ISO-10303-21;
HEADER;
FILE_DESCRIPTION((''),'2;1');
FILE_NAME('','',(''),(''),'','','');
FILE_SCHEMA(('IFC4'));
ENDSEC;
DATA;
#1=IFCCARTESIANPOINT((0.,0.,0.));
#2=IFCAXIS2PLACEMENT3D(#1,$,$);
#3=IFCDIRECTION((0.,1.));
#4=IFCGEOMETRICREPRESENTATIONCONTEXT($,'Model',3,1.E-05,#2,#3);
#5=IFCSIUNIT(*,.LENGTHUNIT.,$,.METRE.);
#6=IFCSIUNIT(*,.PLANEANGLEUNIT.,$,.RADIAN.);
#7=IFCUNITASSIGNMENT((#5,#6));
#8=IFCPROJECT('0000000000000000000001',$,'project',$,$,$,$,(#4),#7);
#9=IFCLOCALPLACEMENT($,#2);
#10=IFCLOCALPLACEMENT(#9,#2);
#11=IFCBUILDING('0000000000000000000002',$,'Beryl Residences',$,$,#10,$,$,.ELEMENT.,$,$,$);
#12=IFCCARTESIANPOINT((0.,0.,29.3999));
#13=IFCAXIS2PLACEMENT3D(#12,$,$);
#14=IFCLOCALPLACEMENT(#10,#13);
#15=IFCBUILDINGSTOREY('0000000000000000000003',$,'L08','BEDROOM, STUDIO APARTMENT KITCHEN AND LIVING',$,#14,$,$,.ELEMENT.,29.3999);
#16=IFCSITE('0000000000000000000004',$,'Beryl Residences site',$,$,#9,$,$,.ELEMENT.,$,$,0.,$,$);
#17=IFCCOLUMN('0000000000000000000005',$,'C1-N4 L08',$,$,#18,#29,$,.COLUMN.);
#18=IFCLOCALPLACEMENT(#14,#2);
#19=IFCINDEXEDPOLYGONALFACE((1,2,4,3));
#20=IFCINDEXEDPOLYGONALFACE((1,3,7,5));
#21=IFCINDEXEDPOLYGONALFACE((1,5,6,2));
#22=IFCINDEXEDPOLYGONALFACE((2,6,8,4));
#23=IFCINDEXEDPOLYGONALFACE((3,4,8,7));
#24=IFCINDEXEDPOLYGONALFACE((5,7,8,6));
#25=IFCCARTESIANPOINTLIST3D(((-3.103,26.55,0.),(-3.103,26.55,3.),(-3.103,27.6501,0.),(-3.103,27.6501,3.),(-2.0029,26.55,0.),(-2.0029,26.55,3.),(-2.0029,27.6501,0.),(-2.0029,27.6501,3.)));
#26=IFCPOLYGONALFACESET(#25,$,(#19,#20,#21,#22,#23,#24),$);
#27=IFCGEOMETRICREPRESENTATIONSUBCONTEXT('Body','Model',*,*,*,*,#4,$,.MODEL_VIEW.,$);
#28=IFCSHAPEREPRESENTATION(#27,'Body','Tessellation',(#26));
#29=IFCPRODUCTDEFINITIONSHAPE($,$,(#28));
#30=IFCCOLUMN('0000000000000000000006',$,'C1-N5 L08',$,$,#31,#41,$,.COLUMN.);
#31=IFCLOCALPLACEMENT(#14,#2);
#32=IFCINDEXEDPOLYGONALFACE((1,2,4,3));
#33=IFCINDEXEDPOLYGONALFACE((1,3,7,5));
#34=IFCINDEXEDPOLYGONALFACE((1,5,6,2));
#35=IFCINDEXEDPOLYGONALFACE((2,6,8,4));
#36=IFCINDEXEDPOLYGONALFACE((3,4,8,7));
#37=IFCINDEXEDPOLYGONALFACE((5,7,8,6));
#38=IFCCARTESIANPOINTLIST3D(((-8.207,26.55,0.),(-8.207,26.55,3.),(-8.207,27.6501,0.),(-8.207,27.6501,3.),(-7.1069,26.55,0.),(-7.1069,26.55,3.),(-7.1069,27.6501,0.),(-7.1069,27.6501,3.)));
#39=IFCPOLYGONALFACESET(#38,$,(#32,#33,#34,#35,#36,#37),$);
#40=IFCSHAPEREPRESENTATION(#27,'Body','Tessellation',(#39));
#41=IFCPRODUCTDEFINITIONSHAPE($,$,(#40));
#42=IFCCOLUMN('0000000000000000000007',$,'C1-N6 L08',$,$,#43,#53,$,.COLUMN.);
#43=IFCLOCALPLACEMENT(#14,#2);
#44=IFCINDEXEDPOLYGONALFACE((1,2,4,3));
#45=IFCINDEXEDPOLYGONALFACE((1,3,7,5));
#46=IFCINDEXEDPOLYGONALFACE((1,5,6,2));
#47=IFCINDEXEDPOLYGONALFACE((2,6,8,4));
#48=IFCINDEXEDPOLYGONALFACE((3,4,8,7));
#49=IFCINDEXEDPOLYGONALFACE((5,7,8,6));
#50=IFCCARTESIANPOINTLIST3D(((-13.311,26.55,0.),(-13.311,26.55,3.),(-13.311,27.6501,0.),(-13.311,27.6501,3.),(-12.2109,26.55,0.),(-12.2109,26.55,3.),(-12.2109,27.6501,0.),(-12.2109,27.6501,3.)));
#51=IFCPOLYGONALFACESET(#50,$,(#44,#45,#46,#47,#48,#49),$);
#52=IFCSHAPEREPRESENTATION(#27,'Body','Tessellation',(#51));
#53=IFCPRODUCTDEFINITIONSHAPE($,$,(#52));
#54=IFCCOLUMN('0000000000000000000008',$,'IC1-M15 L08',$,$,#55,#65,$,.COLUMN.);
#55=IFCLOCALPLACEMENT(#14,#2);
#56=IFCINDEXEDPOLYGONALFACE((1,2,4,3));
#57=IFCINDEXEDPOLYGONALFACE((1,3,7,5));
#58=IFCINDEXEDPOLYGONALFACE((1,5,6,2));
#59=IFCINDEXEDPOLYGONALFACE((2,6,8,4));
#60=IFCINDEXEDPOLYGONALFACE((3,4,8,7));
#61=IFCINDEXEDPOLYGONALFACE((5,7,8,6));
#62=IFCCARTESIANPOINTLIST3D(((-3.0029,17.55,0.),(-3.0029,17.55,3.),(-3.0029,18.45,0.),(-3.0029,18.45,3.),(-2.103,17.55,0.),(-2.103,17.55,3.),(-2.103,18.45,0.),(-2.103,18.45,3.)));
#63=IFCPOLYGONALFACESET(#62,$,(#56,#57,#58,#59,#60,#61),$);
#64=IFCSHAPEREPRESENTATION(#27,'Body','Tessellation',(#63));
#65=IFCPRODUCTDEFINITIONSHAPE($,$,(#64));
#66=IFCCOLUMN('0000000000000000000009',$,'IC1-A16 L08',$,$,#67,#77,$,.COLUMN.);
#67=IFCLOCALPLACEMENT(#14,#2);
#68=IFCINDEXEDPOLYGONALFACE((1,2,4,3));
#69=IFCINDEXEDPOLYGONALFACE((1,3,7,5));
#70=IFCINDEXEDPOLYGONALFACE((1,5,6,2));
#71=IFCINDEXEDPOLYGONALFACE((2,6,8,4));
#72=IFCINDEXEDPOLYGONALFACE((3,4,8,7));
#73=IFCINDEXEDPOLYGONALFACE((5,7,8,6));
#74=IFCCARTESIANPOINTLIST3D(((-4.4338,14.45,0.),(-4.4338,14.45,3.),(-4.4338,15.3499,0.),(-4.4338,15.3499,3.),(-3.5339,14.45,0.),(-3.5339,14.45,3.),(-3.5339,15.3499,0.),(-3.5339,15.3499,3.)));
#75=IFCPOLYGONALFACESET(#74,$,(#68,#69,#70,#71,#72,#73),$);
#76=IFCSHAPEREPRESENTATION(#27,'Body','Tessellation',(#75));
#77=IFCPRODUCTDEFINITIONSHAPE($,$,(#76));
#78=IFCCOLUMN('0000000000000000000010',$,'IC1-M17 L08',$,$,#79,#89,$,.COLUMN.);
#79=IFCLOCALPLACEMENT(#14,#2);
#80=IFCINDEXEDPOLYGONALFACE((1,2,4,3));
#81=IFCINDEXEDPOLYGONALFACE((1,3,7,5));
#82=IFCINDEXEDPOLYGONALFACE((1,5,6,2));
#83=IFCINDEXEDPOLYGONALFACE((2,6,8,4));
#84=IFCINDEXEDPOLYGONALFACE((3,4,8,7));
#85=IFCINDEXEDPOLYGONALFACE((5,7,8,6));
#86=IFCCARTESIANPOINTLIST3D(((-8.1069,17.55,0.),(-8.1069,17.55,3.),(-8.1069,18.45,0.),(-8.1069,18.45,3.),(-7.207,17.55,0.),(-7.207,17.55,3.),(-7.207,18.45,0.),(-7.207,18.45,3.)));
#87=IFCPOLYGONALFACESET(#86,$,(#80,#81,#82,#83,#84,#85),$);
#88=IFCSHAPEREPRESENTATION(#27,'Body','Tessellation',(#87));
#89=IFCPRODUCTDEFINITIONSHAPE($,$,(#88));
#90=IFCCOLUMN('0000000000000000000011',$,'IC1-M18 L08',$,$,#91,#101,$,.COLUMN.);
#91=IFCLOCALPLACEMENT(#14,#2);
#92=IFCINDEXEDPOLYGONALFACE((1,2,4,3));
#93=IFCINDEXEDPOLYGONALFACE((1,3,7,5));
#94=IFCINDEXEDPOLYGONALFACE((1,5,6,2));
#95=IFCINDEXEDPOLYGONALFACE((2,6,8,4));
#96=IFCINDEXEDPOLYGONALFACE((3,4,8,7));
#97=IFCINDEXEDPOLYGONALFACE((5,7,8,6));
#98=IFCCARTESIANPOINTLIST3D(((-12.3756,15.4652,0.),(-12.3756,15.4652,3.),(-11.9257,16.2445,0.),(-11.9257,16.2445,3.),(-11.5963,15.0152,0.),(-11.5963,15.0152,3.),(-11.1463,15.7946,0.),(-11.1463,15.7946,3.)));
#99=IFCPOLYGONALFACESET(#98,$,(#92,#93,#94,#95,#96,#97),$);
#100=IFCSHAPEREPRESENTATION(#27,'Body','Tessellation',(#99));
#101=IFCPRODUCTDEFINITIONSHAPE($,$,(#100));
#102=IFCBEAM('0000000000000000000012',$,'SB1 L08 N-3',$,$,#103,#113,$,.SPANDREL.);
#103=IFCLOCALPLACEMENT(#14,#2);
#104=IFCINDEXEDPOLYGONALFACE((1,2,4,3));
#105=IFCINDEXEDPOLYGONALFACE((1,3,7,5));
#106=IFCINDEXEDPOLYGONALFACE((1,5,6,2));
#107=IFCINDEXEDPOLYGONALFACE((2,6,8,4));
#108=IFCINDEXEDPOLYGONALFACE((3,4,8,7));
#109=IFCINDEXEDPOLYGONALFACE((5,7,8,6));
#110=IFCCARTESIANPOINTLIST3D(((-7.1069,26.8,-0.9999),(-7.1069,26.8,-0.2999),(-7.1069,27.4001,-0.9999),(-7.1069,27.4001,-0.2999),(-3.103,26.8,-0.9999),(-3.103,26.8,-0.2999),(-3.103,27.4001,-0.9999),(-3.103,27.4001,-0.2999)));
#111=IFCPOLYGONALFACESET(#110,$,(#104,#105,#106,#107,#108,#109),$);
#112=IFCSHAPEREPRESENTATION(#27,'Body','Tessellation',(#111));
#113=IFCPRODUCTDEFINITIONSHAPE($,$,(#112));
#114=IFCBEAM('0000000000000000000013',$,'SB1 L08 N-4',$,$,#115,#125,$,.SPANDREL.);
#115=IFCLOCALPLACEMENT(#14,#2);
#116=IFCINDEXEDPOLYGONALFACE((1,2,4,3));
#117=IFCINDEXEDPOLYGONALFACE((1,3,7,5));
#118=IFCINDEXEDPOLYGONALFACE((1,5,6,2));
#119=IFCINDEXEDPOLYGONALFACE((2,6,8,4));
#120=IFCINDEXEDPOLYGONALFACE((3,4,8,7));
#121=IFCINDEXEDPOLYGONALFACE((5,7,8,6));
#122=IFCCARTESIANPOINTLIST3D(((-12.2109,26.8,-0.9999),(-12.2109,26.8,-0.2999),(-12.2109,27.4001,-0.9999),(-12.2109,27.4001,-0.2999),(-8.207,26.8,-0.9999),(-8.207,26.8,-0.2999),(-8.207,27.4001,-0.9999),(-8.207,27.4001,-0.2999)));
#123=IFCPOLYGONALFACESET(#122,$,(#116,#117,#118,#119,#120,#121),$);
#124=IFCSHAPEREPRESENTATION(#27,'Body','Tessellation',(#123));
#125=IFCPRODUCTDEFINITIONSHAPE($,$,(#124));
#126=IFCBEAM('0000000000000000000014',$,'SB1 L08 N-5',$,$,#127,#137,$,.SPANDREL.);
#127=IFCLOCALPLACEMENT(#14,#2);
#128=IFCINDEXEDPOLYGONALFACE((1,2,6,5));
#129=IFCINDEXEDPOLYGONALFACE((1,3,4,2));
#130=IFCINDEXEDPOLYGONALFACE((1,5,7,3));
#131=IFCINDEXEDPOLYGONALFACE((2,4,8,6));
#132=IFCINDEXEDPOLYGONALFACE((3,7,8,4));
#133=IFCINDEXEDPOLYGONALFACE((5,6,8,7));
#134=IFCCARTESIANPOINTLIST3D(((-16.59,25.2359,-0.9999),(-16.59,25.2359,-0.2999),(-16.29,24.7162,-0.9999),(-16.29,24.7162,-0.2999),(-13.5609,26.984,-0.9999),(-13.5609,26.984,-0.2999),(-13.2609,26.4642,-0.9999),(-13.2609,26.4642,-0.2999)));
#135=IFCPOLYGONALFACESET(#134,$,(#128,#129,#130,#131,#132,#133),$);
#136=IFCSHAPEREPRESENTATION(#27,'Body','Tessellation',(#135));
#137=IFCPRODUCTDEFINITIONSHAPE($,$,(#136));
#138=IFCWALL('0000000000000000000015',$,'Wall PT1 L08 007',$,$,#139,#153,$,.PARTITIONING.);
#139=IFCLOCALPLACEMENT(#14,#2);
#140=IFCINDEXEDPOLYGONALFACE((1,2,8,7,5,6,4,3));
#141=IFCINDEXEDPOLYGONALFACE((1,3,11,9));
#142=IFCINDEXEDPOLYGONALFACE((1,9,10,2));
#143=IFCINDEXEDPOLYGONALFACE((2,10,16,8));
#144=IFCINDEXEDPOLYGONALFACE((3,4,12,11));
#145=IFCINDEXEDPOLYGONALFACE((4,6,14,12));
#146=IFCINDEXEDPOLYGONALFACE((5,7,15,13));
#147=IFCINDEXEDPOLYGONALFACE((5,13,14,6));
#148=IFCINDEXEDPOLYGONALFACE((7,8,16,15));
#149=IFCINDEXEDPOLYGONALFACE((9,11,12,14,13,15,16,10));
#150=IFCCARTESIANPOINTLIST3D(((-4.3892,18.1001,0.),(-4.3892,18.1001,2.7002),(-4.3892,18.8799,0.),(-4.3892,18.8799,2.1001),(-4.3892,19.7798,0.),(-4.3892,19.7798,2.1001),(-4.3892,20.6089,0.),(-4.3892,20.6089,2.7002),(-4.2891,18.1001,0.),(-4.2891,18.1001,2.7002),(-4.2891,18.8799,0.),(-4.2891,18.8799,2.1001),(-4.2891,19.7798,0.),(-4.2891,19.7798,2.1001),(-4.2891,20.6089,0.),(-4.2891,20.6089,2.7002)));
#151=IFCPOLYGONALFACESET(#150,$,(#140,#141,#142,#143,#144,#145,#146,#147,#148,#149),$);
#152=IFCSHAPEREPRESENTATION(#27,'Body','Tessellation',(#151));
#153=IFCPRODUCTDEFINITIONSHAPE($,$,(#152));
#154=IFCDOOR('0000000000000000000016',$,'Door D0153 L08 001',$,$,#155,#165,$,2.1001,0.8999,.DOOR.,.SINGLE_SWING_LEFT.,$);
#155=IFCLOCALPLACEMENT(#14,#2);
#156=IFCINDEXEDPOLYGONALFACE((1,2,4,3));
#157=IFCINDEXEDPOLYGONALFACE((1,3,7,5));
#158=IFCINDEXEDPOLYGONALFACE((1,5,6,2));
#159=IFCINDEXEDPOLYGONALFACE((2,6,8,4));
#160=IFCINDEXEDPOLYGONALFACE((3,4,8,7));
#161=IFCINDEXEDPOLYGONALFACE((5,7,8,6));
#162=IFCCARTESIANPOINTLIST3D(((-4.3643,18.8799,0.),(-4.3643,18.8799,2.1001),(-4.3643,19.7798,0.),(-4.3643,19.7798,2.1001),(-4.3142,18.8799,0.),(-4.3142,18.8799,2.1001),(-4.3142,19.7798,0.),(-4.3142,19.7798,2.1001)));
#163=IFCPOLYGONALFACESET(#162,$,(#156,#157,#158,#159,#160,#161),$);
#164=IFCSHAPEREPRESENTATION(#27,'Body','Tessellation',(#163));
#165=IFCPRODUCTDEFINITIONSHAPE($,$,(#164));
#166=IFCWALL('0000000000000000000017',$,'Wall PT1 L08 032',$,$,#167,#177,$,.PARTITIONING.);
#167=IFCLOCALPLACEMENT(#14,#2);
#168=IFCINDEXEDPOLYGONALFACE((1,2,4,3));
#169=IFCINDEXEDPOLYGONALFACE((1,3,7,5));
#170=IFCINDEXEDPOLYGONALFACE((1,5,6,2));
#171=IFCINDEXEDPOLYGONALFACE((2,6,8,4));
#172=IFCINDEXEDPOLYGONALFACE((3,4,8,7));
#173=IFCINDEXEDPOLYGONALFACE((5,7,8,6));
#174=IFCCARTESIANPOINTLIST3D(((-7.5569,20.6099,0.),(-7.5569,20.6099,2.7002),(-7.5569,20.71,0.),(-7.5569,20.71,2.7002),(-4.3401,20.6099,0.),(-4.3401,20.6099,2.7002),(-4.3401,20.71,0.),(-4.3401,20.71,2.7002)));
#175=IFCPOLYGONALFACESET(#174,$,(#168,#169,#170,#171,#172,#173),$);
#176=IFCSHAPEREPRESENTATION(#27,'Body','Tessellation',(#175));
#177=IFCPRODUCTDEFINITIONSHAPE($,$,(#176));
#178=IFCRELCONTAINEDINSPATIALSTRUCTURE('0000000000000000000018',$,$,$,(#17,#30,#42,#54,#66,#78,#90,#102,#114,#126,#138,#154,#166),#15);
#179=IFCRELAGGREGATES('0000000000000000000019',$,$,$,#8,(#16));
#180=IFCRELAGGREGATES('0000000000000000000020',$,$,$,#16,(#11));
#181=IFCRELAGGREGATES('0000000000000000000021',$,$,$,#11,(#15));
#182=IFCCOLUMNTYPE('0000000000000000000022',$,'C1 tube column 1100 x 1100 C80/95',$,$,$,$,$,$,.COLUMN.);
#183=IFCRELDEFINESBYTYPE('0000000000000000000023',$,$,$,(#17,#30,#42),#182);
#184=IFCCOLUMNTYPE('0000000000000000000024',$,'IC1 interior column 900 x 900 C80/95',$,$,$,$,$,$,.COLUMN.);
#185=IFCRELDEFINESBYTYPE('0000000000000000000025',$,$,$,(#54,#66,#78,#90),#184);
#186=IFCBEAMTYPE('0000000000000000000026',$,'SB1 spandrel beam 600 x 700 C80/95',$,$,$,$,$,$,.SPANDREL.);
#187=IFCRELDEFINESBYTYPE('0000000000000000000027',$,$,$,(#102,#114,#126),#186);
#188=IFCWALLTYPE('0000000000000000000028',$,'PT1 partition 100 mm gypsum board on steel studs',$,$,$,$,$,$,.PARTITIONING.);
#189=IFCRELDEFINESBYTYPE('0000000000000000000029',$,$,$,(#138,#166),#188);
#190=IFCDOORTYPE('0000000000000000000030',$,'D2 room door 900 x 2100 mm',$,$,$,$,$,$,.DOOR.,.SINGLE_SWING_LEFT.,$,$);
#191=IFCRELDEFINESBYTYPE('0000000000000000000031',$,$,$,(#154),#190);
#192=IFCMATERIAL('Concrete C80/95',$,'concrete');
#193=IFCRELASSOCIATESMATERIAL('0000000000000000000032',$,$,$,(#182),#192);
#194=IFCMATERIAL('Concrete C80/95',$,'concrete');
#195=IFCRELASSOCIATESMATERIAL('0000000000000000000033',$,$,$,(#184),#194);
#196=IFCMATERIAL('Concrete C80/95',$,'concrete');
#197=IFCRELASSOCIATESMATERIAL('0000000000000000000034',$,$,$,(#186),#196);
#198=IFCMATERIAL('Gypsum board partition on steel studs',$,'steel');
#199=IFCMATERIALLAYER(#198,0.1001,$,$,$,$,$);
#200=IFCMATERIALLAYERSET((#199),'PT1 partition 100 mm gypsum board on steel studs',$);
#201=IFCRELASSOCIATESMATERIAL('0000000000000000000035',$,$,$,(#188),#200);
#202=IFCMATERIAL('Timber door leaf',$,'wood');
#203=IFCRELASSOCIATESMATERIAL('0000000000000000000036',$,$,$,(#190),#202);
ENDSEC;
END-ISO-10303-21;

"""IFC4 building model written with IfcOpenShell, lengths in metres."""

from ifc_helpers import new_model, si_unit, direction, frame, frame_2d, origin, origin_2d, place, context, subcontext, project, spatial, rectangle, extrude, material, layer, layer_set, material_profile, profile_set, type_object, element, fill, save


model = new_model("IFC4")

# Units and contexts
model_context = context("Model", 3, precision=1e-05, world=origin(), true_north=direction((0.0, 1.0)))
body_context = subcontext(model_context, "Body", "Model", "MODEL_VIEW")
ifc_project = project(units=[si_unit("LENGTHUNIT", "METRE"), si_unit("PLANEANGLEUNIT", "RADIAN")], contexts=[model_context])

# Site, building, storey
site_placement = place(None, origin())
site = spatial("IfcSite", under=ifc_project, at=site_placement, Name="Beryl Residences site", CompositionType="ELEMENT", RefElevation=0.0)
building_placement = place(site_placement, origin())
building = spatial("IfcBuilding", under=site, at=building_placement, Name="Beryl Residences", CompositionType="ELEMENT")
storey_placement = place(building_placement, frame((0.0, 0.0, 29.3999)))
storey = spatial("IfcBuildingStorey", under=building, at=storey_placement, Name="L08", Description="BEDROOM, STUDIO APARTMENT KITCHEN AND LIVING", CompositionType="ELEMENT", Elevation=29.3999)

# Columns
ifc_material_1 = material(Name="Concrete C80/95", Category="concrete")
ifc_material_profile_1 = material_profile(ifc_material_1, rectangle(XDim=1.1001, YDim=1.1001, at=origin_2d()))
ifc_profile_set_1 = profile_set([ifc_material_profile_1], Name="Concrete C80/95")
column_type_1 = type_object("IfcColumnType", Name="C1 tube column 1100 x 1100 C80/95", PredefinedType="COLUMN", material=ifc_profile_set_1)
for number, where, z_axis, x_axis, name in (
    (1, (-2.553, 27.1001, 0.0), (0.0, 0.0, 1.0), (-1.0, 0.0, 0.0), "C1-N4 L08"),
    (2, (-7.657, 27.1001, 0.0), (0.0, 0.0, 1.0), (-1.0, 0.0, 0.0), "C1-N5 L08"),
    (3, (-12.761, 27.1001, 0.0), (0.0, 0.0, 1.0), (-1.0, 0.0, 0.0), "C1-N6 L08"),
):
    element("IfcColumn", number, at=place(storey_placement, frame(where, z_axis=z_axis, x_axis=x_axis)), inside=storey, type_object=column_type_1, Name=name, PredefinedType="COLUMN", context=body_context, shape_type="SweptSolid", body=[
        extrude(rectangle(XDim=1.1001, YDim=1.1001, at=origin_2d()), origin(), (0.0, 0.0, 1.0), 3.0),
    ])
ifc_material_2 = material(Name="Concrete C80/95", Category="concrete")
ifc_material_profile_2 = material_profile(ifc_material_2, rectangle(XDim=0.8999, YDim=0.8999, at=origin_2d()))
ifc_profile_set_2 = profile_set([ifc_material_profile_2], Name="Concrete C80/95")
column_type_2 = type_object("IfcColumnType", Name="IC1 interior column 900 x 900 C80/95", PredefinedType="COLUMN", material=ifc_profile_set_2)
for number, where, z_axis, x_axis, name in (
    (4, (-2.553, 18.0, 0.0), (0.0, 0.0, 1.0), (-1.0, 0.0, 0.0), "IC1-M15 L08"),
    (5, (-3.9839, 14.8999, 0.0), (0.0, 0.0, 1.0), (1.0, 0.0, 0.0), "IC1-A16 L08"),
    (6, (-7.657, 18.0, 0.0), (0.0, 0.0, 1.0), (-1.0, 0.0, 0.0), "IC1-M17 L08"),
    (7, (-11.761, 15.6299, 0.0), (0.0, 0.0, 1.0), (-0.499985, -0.866034, 0.0), "IC1-M18 L08"),
):
    element("IfcColumn", number, at=place(storey_placement, frame(where, z_axis=z_axis, x_axis=x_axis)), inside=storey, type_object=column_type_2, Name=name, PredefinedType="COLUMN", context=body_context, shape_type="SweptSolid", body=[
        extrude(rectangle(XDim=0.8999, YDim=0.8999, at=origin_2d()), origin(), (0.0, 0.0, 1.0), 3.0),
    ])

# Beams
ifc_material_3 = material(Name="Concrete C80/95", Category="concrete")
ifc_material_profile_3 = material_profile(ifc_material_3, rectangle(XDim=0.6001, YDim=0.7, at=origin_2d()))
ifc_profile_set_3 = profile_set([ifc_material_profile_3], Name="Concrete C80/95")
beam_type = type_object("IfcBeamType", Name="SB1 spandrel beam 600 x 700 C80/95", PredefinedType="SPANDREL", material=ifc_profile_set_3)
for number, where, z_axis, x_axis, name in (
    (8, (-3.103, 27.1001, -0.6499), (-1.0, 0.0, 0.0), (0.0, -1.0, 0.0), "SB1 L08 N-3"),
    (9, (-8.207, 27.1001, -0.6499), (-1.0, 0.0, 0.0), (0.0, -1.0, 0.0), "SB1 L08 N-4"),
):
    element("IfcBeam", number, at=place(storey_placement, frame(where, z_axis=z_axis, x_axis=x_axis)), inside=storey, type_object=beam_type, Name=name, PredefinedType="SPANDREL", context=body_context, shape_type="SweptSolid", body=[
        extrude(rectangle(XDim=0.6001, YDim=0.7, at=origin_2d()), origin(), (0.0, 0.0, 1.0), 4.0039),
    ])
beam_placement = place(storey_placement, frame((-13.4109, 26.7241, -0.6499), z_axis=(-0.866122, -0.499833, 0.0), x_axis=(0.499833, -0.866122, 0.0)))
element("IfcBeam", 10, at=beam_placement, inside=storey, type_object=beam_type, Name="SB1 L08 N-5", PredefinedType="SPANDREL", context=body_context, shape_type="SweptSolid", body=[
    extrude(rectangle(XDim=0.6001, YDim=0.7, at=origin_2d()), origin(), (0.0, 0.0, 1.0), 3.4973),
])

# Wall, opening, door
ifc_material_4 = material(Name="Gypsum board partition on steel studs", Category="steel")
ifc_layer_1 = layer(ifc_material_4, 0.1001)
ifc_layer_set_1 = layer_set([ifc_layer_1], Name="PT1 partition 100 mm gypsum board on steel studs")
wall_type_1 = type_object("IfcWallType", Name="PT1 partition 100 mm gypsum board on steel studs", PredefinedType="PARTITIONING", material=ifc_layer_set_1)
wall_1_placement = place(storey_placement, frame((-4.3391, 20.6089, 0.0), z_axis=(0.0, 0.0, 1.0), x_axis=(0.0, -1.0, 0.0)))
wall_1 = element("IfcWall", 11, at=wall_1_placement, inside=storey, type_object=wall_type_1, Name="Wall PT1 L08 007", PredefinedType="PARTITIONING", context=body_context, shape_type="SweptSolid", body=[
    extrude(rectangle(XDim=2.5088, YDim=0.1001, at=frame_2d((1.2544, 0.0))), origin(), (0.0, 0.0, 1.0), 2.7002),
])
opening_1_placement = place(wall_1_placement, frame((0.8291, 0.0, 0.0)))
opening_1 = element("IfcOpeningElement", 12, at=opening_1_placement, cuts=wall_1, PredefinedType="OPENING", context=body_context, shape_type="SweptSolid", body=[
    extrude(rectangle(XDim=0.8999, YDim=2.1001, at=frame_2d((0.45, 1.05))), frame((0.0, 0.0601, 0.0), z_axis=(0.0, -1.0, 0.0), x_axis=(1.0, 0.0, 0.0)), (0.0, 0.0, 1.0), 0.1201),
])
ifc_material_5 = material(Name="Timber door leaf", Category="wood")
door_type_1 = type_object("IfcDoorType", Name="D2 room door 900 x 2100 mm", OperationType="SINGLE_SWING_LEFT", PredefinedType="DOOR", material=ifc_material_5)
door_1_placement = place(opening_1_placement, origin())
door_1 = element("IfcDoor", 13, at=door_1_placement, inside=storey, type_object=door_type_1, Name="Door D0153 L08 001", OperationType="SINGLE_SWING_LEFT", OverallHeight=2.1001, OverallWidth=0.8999, PredefinedType="DOOR", context=body_context, shape_type="SweptSolid", body=[
    extrude(rectangle(XDim=0.8999, YDim=2.1001, at=frame_2d((0.45, 1.05))), frame((0.0, 0.0249, 0.0), z_axis=(0.0, -1.0, 0.0), x_axis=(1.0, 0.0, 0.0)), (0.0, 0.0, 1.0), 0.05),
])
fill(opening_1, door_1)

# Wall
wall_2_placement = place(storey_placement, frame((-7.5569, 20.6599, 0.0), z_axis=(0.0, 0.0, 1.0), x_axis=(1.0, 0.0, 0.0)))
element("IfcWall", 14, at=wall_2_placement, inside=storey, type_object=wall_type_1, Name="Wall PT1 L08 032", PredefinedType="PARTITIONING", context=body_context, shape_type="SweptSolid", body=[
    extrude(rectangle(XDim=3.2168, YDim=0.1001, at=frame_2d((1.6084, 0.0))), origin(), (0.0, 0.0, 1.0), 2.7002),
])

save(model, "model.ifc")
